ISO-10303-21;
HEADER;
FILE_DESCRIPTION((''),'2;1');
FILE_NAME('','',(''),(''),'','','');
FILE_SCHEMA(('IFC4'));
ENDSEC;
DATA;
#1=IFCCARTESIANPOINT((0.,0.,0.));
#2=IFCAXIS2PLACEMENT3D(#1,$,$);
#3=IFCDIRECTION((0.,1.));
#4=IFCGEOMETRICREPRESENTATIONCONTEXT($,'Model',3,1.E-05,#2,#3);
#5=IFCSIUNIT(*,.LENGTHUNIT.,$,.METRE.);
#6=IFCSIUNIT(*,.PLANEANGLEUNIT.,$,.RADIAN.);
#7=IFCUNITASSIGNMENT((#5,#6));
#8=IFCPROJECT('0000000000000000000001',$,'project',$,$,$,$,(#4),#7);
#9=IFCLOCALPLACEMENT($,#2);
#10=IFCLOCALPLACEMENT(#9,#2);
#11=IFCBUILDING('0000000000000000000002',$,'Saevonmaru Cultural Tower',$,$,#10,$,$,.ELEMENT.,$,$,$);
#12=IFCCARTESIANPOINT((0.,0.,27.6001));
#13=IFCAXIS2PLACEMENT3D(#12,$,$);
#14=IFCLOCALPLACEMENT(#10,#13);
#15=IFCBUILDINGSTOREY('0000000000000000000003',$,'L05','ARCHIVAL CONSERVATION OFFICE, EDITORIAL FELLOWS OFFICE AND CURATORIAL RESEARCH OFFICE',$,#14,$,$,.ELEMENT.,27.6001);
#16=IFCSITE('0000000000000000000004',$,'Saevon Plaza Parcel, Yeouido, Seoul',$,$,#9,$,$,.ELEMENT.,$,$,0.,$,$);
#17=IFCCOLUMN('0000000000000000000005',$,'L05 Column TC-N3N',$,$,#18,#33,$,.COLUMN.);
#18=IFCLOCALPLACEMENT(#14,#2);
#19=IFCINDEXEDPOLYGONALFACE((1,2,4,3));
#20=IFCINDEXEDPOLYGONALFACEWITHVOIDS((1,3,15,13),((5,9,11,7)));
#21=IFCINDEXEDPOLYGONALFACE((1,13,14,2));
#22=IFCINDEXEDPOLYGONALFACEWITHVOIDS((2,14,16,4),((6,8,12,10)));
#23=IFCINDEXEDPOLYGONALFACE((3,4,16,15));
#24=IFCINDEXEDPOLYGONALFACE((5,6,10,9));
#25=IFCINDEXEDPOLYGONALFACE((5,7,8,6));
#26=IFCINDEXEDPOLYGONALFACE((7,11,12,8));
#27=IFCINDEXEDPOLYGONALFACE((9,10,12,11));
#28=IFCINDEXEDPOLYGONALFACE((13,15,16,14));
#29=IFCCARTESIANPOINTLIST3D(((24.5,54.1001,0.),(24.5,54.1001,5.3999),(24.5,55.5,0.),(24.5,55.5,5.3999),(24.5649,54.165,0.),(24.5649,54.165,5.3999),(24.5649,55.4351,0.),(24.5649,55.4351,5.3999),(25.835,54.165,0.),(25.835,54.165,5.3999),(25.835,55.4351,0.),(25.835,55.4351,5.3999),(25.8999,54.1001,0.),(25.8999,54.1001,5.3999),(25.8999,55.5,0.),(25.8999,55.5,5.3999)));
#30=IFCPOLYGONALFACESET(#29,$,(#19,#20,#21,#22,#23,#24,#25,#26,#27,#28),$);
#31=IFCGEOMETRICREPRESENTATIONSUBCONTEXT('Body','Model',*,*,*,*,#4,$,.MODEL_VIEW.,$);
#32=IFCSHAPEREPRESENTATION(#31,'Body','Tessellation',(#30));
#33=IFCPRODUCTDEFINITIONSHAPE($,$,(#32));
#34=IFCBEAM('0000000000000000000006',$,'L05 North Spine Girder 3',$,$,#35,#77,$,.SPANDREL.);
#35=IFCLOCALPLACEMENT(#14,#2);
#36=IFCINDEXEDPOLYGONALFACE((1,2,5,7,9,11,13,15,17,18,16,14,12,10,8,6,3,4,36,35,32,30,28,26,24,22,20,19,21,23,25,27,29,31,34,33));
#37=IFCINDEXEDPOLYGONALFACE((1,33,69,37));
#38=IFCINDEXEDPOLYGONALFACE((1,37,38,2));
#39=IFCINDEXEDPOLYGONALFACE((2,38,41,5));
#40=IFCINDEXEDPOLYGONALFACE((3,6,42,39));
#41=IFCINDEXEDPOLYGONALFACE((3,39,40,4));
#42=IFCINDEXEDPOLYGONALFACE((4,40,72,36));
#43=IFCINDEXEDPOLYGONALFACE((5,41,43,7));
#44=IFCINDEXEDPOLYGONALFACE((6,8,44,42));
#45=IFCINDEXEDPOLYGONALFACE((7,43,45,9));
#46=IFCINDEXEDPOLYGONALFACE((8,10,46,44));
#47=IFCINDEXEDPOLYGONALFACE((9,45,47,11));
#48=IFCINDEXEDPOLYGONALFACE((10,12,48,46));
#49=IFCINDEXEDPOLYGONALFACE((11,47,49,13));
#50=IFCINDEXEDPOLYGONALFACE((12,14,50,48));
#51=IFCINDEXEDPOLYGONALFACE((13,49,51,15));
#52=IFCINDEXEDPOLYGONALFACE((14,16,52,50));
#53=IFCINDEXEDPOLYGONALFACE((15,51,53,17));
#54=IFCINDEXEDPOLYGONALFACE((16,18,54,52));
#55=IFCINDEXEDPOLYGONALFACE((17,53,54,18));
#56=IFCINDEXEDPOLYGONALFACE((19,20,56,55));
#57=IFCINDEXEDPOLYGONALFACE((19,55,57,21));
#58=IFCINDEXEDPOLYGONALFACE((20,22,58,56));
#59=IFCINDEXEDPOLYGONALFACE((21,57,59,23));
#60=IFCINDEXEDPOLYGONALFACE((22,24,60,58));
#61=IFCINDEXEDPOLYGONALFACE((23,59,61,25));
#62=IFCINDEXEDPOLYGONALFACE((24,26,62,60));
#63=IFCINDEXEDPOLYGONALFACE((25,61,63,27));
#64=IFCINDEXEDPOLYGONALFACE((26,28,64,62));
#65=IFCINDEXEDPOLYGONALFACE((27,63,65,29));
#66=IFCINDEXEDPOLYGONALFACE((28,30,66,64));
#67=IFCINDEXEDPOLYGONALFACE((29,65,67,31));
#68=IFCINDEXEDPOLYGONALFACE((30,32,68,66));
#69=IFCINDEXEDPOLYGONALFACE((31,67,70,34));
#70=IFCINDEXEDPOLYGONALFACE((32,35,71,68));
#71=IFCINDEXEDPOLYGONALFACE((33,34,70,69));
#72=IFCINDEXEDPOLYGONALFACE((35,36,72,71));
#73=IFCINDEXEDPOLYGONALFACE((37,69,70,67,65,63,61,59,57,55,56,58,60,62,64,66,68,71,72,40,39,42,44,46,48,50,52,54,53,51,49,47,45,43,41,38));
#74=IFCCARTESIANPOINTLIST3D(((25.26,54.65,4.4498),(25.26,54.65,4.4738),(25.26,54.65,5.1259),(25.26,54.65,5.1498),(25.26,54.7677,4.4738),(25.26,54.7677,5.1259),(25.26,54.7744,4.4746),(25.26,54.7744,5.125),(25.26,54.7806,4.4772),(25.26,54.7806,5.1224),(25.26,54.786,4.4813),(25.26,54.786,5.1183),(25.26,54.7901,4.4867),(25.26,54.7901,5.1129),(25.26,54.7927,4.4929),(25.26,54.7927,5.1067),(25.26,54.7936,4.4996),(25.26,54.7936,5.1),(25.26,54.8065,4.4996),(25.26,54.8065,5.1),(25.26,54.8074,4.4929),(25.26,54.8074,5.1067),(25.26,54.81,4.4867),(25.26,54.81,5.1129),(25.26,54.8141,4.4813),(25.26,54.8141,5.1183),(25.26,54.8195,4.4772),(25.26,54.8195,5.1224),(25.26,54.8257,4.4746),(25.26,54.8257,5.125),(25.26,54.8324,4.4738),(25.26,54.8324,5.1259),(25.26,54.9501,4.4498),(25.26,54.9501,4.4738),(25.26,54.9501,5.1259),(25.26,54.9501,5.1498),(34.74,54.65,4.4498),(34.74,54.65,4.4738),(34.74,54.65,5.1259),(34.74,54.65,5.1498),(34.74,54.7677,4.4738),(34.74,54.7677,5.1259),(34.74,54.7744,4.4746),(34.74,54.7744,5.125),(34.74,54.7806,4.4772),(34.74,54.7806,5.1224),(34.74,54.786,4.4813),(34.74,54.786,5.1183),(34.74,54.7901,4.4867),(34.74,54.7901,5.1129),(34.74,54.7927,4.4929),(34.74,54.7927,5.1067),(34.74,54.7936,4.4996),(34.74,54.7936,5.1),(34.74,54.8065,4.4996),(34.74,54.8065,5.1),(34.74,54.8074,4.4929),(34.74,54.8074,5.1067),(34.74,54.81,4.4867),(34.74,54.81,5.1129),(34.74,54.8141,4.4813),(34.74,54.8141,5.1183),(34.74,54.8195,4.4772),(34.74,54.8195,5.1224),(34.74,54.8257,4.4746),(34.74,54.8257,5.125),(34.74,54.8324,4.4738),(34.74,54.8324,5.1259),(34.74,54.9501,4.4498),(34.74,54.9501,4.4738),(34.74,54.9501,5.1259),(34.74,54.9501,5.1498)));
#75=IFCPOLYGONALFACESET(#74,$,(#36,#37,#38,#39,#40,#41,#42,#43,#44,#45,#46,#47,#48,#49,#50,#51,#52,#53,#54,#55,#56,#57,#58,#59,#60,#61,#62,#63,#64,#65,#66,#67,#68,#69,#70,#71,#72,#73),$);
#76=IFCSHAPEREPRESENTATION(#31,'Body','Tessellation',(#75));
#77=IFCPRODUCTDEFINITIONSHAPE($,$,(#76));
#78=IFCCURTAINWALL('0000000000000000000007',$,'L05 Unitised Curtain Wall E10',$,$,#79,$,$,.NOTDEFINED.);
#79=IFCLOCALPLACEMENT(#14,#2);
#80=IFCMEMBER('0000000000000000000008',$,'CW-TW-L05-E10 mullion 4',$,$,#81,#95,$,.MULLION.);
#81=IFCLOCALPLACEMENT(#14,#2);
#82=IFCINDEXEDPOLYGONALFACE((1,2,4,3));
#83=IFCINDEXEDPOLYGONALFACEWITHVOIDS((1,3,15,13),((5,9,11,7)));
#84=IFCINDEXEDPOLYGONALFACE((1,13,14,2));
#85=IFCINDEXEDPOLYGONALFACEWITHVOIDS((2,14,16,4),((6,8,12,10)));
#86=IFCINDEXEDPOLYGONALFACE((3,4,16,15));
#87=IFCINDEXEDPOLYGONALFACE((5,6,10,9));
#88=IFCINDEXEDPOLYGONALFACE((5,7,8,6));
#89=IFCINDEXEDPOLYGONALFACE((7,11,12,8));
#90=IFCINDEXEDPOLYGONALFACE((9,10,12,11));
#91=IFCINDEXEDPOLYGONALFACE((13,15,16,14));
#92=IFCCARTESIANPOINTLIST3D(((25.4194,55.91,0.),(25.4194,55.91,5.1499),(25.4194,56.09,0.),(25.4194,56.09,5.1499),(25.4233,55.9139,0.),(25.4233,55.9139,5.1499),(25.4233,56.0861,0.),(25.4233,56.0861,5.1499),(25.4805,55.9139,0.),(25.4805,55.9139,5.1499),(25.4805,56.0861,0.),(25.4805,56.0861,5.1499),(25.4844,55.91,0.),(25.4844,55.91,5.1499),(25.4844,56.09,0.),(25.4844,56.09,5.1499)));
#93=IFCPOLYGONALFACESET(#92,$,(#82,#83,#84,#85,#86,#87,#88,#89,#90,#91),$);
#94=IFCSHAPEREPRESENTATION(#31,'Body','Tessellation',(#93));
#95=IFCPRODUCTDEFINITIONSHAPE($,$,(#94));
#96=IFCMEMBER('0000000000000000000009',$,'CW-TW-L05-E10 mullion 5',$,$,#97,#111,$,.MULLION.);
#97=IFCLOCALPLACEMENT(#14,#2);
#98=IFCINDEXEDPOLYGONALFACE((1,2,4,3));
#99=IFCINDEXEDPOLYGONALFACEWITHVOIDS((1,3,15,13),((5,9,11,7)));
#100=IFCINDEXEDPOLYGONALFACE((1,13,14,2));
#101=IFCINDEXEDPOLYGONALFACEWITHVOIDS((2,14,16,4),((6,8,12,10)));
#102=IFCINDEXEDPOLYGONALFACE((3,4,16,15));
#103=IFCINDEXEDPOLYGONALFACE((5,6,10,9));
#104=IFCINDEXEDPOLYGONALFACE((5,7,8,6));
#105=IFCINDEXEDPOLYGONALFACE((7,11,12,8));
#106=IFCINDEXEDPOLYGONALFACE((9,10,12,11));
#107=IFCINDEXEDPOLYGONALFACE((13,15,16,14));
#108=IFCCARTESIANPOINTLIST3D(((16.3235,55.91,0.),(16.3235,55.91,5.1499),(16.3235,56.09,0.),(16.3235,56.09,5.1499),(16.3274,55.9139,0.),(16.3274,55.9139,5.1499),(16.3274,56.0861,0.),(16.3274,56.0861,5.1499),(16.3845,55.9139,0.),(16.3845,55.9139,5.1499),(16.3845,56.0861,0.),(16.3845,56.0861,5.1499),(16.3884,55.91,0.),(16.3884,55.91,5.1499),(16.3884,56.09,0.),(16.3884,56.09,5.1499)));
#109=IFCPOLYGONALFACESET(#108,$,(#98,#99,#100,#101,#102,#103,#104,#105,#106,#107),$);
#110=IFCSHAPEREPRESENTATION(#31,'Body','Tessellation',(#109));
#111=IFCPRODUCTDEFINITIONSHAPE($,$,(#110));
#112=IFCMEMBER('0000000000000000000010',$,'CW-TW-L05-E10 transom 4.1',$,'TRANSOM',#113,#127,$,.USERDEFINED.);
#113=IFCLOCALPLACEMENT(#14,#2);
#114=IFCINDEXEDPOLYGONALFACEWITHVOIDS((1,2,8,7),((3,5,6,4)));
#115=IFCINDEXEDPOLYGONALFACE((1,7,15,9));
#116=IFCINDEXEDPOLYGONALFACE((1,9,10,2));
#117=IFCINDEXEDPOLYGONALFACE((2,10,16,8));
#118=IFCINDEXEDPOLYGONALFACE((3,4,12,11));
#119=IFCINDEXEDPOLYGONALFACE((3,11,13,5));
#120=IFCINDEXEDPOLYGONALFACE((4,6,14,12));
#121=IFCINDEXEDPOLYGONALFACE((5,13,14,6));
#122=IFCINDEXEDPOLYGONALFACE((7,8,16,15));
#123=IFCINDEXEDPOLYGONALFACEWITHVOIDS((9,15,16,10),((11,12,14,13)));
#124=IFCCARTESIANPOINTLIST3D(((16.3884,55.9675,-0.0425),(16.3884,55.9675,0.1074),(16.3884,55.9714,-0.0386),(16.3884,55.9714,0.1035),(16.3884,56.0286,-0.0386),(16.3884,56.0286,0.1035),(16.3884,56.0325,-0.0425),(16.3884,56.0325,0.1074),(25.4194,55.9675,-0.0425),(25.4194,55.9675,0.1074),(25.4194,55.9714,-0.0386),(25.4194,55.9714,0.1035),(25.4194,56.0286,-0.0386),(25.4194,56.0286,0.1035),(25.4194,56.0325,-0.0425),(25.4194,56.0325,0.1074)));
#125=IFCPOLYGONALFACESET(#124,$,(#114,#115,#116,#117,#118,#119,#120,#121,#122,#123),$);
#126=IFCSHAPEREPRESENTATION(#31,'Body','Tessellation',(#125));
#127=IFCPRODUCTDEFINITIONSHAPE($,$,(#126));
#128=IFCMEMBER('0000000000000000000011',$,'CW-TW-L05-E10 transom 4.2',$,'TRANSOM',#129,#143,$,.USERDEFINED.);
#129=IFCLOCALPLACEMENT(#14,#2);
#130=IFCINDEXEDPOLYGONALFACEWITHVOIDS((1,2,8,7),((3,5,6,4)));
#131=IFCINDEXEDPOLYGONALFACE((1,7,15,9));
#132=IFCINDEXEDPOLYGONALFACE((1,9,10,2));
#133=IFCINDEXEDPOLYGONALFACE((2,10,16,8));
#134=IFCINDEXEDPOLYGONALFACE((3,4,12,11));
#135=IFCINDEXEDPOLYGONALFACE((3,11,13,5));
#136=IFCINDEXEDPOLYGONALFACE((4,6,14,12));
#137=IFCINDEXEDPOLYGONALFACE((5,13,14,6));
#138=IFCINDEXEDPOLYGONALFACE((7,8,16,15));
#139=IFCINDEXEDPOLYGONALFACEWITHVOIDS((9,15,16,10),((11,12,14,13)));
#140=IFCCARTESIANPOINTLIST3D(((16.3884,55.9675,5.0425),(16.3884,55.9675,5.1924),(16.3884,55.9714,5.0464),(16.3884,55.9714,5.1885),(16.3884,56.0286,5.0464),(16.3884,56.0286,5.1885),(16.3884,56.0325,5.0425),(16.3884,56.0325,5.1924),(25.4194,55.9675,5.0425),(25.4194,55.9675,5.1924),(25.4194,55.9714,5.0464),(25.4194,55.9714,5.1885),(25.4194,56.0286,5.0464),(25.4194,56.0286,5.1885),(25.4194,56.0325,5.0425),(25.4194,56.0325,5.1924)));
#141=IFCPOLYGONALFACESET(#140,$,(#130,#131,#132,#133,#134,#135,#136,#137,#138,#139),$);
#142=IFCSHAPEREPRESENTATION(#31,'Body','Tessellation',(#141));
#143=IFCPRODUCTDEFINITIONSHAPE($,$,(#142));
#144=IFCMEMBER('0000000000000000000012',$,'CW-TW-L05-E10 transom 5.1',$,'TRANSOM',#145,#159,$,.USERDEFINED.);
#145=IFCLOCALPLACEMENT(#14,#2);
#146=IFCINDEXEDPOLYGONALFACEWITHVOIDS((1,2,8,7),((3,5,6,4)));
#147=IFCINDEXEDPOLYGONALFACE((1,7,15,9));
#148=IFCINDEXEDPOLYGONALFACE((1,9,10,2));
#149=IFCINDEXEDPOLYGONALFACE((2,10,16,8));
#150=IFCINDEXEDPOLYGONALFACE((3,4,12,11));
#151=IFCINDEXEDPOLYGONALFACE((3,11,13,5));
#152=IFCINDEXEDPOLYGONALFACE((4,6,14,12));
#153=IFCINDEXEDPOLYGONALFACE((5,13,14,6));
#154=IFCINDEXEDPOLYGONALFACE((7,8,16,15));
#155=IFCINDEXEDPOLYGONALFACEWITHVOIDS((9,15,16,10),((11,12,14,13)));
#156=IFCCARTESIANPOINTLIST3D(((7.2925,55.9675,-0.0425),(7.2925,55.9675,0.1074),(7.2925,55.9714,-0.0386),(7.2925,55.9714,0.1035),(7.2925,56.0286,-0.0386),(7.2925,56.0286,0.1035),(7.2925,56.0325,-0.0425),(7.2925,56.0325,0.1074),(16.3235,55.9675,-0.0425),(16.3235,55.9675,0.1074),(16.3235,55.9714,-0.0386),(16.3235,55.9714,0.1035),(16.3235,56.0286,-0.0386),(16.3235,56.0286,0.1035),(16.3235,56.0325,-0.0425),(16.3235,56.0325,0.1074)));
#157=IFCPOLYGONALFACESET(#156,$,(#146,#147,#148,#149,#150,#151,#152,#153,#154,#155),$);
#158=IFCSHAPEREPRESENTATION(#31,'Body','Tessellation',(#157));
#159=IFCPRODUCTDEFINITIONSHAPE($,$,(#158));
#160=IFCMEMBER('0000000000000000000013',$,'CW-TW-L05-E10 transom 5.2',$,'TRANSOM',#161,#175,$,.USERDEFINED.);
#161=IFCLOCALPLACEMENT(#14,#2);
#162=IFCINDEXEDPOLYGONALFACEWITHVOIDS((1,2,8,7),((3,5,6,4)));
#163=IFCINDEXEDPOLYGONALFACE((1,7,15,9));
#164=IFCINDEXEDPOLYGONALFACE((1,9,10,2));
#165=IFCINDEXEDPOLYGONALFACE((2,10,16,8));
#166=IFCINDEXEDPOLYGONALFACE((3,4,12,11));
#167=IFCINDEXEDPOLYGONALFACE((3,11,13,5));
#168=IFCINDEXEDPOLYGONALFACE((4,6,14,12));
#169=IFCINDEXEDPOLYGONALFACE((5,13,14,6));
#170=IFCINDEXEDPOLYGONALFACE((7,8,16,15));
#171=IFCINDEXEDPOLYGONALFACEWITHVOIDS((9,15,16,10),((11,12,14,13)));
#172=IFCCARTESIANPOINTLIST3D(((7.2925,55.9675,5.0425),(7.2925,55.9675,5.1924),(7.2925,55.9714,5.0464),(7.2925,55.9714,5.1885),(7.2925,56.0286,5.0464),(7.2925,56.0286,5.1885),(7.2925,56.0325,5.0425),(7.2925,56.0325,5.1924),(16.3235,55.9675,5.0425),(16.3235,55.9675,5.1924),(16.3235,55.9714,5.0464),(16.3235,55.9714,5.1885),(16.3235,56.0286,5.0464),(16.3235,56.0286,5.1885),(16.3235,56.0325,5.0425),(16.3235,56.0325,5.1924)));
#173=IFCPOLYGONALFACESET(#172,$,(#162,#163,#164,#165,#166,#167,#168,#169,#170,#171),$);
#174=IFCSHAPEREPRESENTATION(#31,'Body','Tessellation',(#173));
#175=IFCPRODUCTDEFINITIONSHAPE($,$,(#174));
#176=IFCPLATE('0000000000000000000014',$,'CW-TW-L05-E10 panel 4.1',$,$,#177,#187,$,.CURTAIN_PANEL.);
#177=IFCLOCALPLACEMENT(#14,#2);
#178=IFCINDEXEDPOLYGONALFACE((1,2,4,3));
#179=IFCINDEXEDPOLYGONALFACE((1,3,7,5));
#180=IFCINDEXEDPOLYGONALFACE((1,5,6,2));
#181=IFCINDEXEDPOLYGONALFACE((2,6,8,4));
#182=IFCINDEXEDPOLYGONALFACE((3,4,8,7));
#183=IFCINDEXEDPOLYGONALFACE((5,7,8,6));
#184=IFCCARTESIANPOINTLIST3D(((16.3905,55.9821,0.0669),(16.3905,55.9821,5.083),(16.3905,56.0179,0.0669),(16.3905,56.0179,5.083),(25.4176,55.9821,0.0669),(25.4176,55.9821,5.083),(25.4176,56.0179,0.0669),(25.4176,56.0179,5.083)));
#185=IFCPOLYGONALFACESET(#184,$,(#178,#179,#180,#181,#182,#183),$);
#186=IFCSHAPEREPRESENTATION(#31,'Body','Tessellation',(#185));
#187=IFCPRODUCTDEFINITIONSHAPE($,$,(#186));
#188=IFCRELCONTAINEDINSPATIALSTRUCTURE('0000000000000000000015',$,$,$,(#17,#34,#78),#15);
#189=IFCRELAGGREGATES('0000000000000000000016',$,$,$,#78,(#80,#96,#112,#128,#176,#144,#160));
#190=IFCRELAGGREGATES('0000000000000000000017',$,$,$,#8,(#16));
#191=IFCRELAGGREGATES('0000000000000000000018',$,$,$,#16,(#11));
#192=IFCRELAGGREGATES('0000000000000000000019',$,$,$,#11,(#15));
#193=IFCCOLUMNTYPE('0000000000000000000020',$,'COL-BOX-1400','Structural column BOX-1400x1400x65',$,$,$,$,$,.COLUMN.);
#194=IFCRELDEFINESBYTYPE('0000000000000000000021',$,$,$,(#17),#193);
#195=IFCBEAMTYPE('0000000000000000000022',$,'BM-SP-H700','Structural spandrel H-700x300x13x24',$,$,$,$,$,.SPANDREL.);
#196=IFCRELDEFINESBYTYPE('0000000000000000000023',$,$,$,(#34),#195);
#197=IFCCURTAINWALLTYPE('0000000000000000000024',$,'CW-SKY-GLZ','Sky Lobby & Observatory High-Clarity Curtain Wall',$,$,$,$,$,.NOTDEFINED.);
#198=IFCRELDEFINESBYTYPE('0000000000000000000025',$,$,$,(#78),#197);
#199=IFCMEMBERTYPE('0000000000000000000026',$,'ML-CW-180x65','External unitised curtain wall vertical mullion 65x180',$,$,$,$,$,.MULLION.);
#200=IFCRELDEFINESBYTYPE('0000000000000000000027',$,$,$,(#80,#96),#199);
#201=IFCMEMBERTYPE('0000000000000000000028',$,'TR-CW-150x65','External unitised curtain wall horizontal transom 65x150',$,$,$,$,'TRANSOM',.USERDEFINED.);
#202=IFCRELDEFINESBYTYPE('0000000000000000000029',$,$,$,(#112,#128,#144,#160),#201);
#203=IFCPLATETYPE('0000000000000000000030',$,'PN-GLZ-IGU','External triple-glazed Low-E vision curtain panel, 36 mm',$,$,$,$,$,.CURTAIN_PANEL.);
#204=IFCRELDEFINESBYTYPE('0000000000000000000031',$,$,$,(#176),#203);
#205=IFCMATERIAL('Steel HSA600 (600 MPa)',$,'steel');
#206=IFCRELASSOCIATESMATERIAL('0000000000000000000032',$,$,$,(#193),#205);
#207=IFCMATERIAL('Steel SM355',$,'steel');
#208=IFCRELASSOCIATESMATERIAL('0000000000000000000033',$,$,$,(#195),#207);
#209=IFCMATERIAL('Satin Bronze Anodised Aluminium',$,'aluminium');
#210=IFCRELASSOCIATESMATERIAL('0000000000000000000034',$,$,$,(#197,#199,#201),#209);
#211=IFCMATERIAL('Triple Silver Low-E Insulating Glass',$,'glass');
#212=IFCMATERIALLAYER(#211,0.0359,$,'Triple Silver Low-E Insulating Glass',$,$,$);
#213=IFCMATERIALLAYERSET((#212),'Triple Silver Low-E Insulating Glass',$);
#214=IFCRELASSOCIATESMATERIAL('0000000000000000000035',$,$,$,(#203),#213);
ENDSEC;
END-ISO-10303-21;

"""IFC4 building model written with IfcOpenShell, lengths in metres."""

from ifc_helpers import new_model, si_unit, direction, frame, origin, origin_2d, place, context, subcontext, project, spatial, rectangle, hollow_rectangle, i_section, extrude, material, layer, layer_set, material_profile, profile_set, type_object, element, aggregate, save


model = new_model("IFC4")

# Units and contexts
model_context = context("Model", 3, precision=1e-05, world=origin(), true_north=direction((0.0, 1.0)))
body_context = subcontext(model_context, "Body", "Model", "MODEL_VIEW")
ifc_project = project(units=[si_unit("LENGTHUNIT", "METRE"), si_unit("PLANEANGLEUNIT", "RADIAN")], contexts=[model_context])

# Site, building, storey
site_placement = place(None, origin())
site = spatial("IfcSite", under=ifc_project, at=site_placement, Name="Saevon Plaza Parcel, Yeouido, Seoul", CompositionType="ELEMENT", RefElevation=0.0)
building_placement = place(site_placement, origin())
building = spatial("IfcBuilding", under=site, at=building_placement, Name="Saevonmaru Cultural Tower", CompositionType="ELEMENT")
storey_placement = place(building_placement, frame((0.0, 0.0, 27.6001)))
storey = spatial("IfcBuildingStorey", under=building, at=storey_placement, Name="L05", Description="ARCHIVAL CONSERVATION OFFICE, EDITORIAL FELLOWS OFFICE AND CURATORIAL RESEARCH OFFICE", CompositionType="ELEMENT", Elevation=27.6001)

# Column
ifc_material_1 = material(Name="Steel HSA600 (600 MPa)", Category="steel")
ifc_material_profile_1 = material_profile(ifc_material_1, hollow_rectangle(XDim=1.3999, YDim=1.3999, WallThickness=0.0649, at=origin_2d()), Name="BOX-1400x1400x65")
ifc_profile_set_1 = profile_set([ifc_material_profile_1], Name="Steel HSA600 (600 MPa)")
column_type = type_object("IfcColumnType", Name="COL-BOX-1400", Description="Structural column BOX-1400x1400x65", PredefinedType="COLUMN", material=ifc_profile_set_1)
column_placement = place(storey_placement, frame((25.2, 54.8, 0.0), z_axis=(0.0, 0.0, 1.0), x_axis=(1.0, 0.0, 0.0)))
element("IfcColumn", 1, at=column_placement, inside=storey, type_object=column_type, Name="L05 Column TC-N3N", PredefinedType="COLUMN", context=body_context, shape_type="SweptSolid", body=[
    extrude(hollow_rectangle(XDim=1.3999, YDim=1.3999, WallThickness=0.0649, at=origin_2d()), origin(), (0.0, 0.0, 1.0), 5.3999),
])

# Beam
ifc_material_2 = material(Name="Steel SM355", Category="steel")
ifc_material_profile_2 = material_profile(ifc_material_2, i_section(OverallWidth=0.3, OverallDepth=0.7, WebThickness=0.0129, FlangeThickness=0.0239, FilletRadius=0.0259, at=origin_2d()), Name="H-700x300x13x24")
ifc_profile_set_2 = profile_set([ifc_material_profile_2], Name="Steel SM355")
beam_type = type_object("IfcBeamType", Name="BM-SP-H700", Description="Structural spandrel H-700x300x13x24", PredefinedType="SPANDREL", material=ifc_profile_set_2)
beam_placement = place(storey_placement, frame((25.26, 54.8, 4.7998), z_axis=(1.0, 0.0, 0.0), x_axis=(0.0, 1.0, 0.0)))
element("IfcBeam", 2, at=beam_placement, inside=storey, type_object=beam_type, Name="L05 North Spine Girder 3", PredefinedType="SPANDREL", context=body_context, shape_type="SweptSolid", body=[
    extrude(i_section(OverallWidth=0.3, OverallDepth=0.7, WebThickness=0.0129, FlangeThickness=0.0239, FilletRadius=0.0259, at=origin_2d()), origin(), (0.0, 0.0, 1.0), 9.48),
])

# Curtain wall, members, plate
ifc_material_3 = material(Name="Satin Bronze Anodised Aluminium", Category="aluminium")
curtain_wall_type = type_object("IfcCurtainWallType", Name="CW-SKY-GLZ", Description="Sky Lobby & Observatory High-Clarity Curtain Wall", PredefinedType="NOTDEFINED", material=ifc_material_3)
curtain_wall_placement = place(storey_placement, origin())
curtain_wall = element("IfcCurtainWall", 3, at=curtain_wall_placement, inside=storey, type_object=curtain_wall_type, Name="L05 Unitised Curtain Wall E10", PredefinedType="NOTDEFINED")
ifc_material_profile_3 = material_profile(ifc_material_3, hollow_rectangle(XDim=0.0649, YDim=0.1799, WallThickness=0.0039, at=origin_2d()), Name="ALU-MULL-180x65x4")
ifc_profile_set_3 = profile_set([ifc_material_profile_3], Name="Satin Bronze Anodised Aluminium")
member_type_1 = type_object("IfcMemberType", Name="ML-CW-180x65", Description="External unitised curtain wall vertical mullion 65x180", PredefinedType="MULLION", material=ifc_profile_set_3)
member_1_placement = place(storey_placement, frame((25.4519, 56.0, 0.0), z_axis=(0.0, 0.0, 1.0), x_axis=(-1.0, 0.0, 0.0)))
member_1 = element("IfcMember", 4, at=member_1_placement, type_object=member_type_1, Name="CW-TW-L05-E10 mullion 4", PredefinedType="MULLION", context=body_context, shape_type="SweptSolid", body=[
    extrude(hollow_rectangle(XDim=0.0649, YDim=0.1799, WallThickness=0.0039, at=origin_2d()), origin(), (0.0, 0.0, 1.0), 5.1499),
])
member_2_placement = place(storey_placement, frame((16.356, 56.0, 0.0), z_axis=(0.0, 0.0, 1.0), x_axis=(-1.0, 0.0, 0.0)))
member_2 = element("IfcMember", 5, at=member_2_placement, type_object=member_type_1, Name="CW-TW-L05-E10 mullion 5", PredefinedType="MULLION", context=body_context, shape_type="SweptSolid", body=[
    extrude(hollow_rectangle(XDim=0.0649, YDim=0.1799, WallThickness=0.0039, at=origin_2d()), origin(), (0.0, 0.0, 1.0), 5.1499),
])
ifc_material_profile_4 = material_profile(ifc_material_3, hollow_rectangle(XDim=0.0649, YDim=0.1499, WallThickness=0.0039, at=origin_2d()), Name="ALU-TRAN-150x65x4")
ifc_profile_set_4 = profile_set([ifc_material_profile_4], Name="Satin Bronze Anodised Aluminium")
member_type_2 = type_object("IfcMemberType", Name="TR-CW-150x65", Description="External unitised curtain wall horizontal transom 65x150", ElementType="TRANSOM", PredefinedType="USERDEFINED", material=ifc_profile_set_4)
member_3_placement = place(storey_placement, frame((25.4194, 56.0, 0.0325), z_axis=(-1.0, 0.0, 0.0), x_axis=(0.0, -1.0, 0.0)))
member_3 = element("IfcMember", 6, at=member_3_placement, type_object=member_type_2, Name="CW-TW-L05-E10 transom 4.1", ObjectType="TRANSOM", PredefinedType="USERDEFINED", context=body_context, shape_type="SweptSolid", body=[
    extrude(hollow_rectangle(XDim=0.0649, YDim=0.1499, WallThickness=0.0039, at=origin_2d()), origin(), (0.0, 0.0, 1.0), 9.031),
])
member_4_placement = place(storey_placement, frame((25.4194, 56.0, 5.1174), z_axis=(-1.0, 0.0, 0.0), x_axis=(0.0, -1.0, 0.0)))
member_4 = element("IfcMember", 7, at=member_4_placement, type_object=member_type_2, Name="CW-TW-L05-E10 transom 4.2", ObjectType="TRANSOM", PredefinedType="USERDEFINED", context=body_context, shape_type="SweptSolid", body=[
    extrude(hollow_rectangle(XDim=0.0649, YDim=0.1499, WallThickness=0.0039, at=origin_2d()), origin(), (0.0, 0.0, 1.0), 9.031),
])
member_5_placement = place(storey_placement, frame((16.3235, 56.0, 0.0325), z_axis=(-1.0, 0.0, 0.0), x_axis=(0.0, -1.0, 0.0)))
member_5 = element("IfcMember", 8, at=member_5_placement, type_object=member_type_2, Name="CW-TW-L05-E10 transom 5.1", ObjectType="TRANSOM", PredefinedType="USERDEFINED", context=body_context, shape_type="SweptSolid", body=[
    extrude(hollow_rectangle(XDim=0.0649, YDim=0.1499, WallThickness=0.0039, at=origin_2d()), origin(), (0.0, 0.0, 1.0), 9.031),
])
member_6_placement = place(storey_placement, frame((16.3235, 56.0, 5.1174), z_axis=(-1.0, 0.0, 0.0), x_axis=(0.0, -1.0, 0.0)))
member_6 = element("IfcMember", 9, at=member_6_placement, type_object=member_type_2, Name="CW-TW-L05-E10 transom 5.2", ObjectType="TRANSOM", PredefinedType="USERDEFINED", context=body_context, shape_type="SweptSolid", body=[
    extrude(hollow_rectangle(XDim=0.0649, YDim=0.1499, WallThickness=0.0039, at=origin_2d()), origin(), (0.0, 0.0, 1.0), 9.031),
])
ifc_material_4 = material(Name="Triple Silver Low-E Insulating Glass", Category="glass")
ifc_layer_1 = layer(ifc_material_4, 0.0359, Name="Triple Silver Low-E Insulating Glass")
ifc_layer_set_1 = layer_set([ifc_layer_1], Name="Triple Silver Low-E Insulating Glass")
plate_type = type_object("IfcPlateType", Name="PN-GLZ-IGU", Description="External triple-glazed Low-E vision curtain panel, 36 mm", PredefinedType="CURTAIN_PANEL", material=ifc_layer_set_1)
plate_placement = place(storey_placement, frame((20.9041, 56.0, 0.0669), z_axis=(0.0, 0.0, 1.0), x_axis=(-1.0, 0.0, 0.0)))
plate = element("IfcPlate", 10, at=plate_placement, type_object=plate_type, Name="CW-TW-L05-E10 panel 4.1", PredefinedType="CURTAIN_PANEL", context=body_context, shape_type="SweptSolid", body=[
    extrude(rectangle(XDim=9.0271, YDim=0.0359, at=origin_2d()), origin(), (0.0, 0.0, 1.0), 5.0161),
])
aggregate(curtain_wall, [member_1, member_2, member_3, member_4, plate, member_5, member_6])

save(model, "model.ifc")
